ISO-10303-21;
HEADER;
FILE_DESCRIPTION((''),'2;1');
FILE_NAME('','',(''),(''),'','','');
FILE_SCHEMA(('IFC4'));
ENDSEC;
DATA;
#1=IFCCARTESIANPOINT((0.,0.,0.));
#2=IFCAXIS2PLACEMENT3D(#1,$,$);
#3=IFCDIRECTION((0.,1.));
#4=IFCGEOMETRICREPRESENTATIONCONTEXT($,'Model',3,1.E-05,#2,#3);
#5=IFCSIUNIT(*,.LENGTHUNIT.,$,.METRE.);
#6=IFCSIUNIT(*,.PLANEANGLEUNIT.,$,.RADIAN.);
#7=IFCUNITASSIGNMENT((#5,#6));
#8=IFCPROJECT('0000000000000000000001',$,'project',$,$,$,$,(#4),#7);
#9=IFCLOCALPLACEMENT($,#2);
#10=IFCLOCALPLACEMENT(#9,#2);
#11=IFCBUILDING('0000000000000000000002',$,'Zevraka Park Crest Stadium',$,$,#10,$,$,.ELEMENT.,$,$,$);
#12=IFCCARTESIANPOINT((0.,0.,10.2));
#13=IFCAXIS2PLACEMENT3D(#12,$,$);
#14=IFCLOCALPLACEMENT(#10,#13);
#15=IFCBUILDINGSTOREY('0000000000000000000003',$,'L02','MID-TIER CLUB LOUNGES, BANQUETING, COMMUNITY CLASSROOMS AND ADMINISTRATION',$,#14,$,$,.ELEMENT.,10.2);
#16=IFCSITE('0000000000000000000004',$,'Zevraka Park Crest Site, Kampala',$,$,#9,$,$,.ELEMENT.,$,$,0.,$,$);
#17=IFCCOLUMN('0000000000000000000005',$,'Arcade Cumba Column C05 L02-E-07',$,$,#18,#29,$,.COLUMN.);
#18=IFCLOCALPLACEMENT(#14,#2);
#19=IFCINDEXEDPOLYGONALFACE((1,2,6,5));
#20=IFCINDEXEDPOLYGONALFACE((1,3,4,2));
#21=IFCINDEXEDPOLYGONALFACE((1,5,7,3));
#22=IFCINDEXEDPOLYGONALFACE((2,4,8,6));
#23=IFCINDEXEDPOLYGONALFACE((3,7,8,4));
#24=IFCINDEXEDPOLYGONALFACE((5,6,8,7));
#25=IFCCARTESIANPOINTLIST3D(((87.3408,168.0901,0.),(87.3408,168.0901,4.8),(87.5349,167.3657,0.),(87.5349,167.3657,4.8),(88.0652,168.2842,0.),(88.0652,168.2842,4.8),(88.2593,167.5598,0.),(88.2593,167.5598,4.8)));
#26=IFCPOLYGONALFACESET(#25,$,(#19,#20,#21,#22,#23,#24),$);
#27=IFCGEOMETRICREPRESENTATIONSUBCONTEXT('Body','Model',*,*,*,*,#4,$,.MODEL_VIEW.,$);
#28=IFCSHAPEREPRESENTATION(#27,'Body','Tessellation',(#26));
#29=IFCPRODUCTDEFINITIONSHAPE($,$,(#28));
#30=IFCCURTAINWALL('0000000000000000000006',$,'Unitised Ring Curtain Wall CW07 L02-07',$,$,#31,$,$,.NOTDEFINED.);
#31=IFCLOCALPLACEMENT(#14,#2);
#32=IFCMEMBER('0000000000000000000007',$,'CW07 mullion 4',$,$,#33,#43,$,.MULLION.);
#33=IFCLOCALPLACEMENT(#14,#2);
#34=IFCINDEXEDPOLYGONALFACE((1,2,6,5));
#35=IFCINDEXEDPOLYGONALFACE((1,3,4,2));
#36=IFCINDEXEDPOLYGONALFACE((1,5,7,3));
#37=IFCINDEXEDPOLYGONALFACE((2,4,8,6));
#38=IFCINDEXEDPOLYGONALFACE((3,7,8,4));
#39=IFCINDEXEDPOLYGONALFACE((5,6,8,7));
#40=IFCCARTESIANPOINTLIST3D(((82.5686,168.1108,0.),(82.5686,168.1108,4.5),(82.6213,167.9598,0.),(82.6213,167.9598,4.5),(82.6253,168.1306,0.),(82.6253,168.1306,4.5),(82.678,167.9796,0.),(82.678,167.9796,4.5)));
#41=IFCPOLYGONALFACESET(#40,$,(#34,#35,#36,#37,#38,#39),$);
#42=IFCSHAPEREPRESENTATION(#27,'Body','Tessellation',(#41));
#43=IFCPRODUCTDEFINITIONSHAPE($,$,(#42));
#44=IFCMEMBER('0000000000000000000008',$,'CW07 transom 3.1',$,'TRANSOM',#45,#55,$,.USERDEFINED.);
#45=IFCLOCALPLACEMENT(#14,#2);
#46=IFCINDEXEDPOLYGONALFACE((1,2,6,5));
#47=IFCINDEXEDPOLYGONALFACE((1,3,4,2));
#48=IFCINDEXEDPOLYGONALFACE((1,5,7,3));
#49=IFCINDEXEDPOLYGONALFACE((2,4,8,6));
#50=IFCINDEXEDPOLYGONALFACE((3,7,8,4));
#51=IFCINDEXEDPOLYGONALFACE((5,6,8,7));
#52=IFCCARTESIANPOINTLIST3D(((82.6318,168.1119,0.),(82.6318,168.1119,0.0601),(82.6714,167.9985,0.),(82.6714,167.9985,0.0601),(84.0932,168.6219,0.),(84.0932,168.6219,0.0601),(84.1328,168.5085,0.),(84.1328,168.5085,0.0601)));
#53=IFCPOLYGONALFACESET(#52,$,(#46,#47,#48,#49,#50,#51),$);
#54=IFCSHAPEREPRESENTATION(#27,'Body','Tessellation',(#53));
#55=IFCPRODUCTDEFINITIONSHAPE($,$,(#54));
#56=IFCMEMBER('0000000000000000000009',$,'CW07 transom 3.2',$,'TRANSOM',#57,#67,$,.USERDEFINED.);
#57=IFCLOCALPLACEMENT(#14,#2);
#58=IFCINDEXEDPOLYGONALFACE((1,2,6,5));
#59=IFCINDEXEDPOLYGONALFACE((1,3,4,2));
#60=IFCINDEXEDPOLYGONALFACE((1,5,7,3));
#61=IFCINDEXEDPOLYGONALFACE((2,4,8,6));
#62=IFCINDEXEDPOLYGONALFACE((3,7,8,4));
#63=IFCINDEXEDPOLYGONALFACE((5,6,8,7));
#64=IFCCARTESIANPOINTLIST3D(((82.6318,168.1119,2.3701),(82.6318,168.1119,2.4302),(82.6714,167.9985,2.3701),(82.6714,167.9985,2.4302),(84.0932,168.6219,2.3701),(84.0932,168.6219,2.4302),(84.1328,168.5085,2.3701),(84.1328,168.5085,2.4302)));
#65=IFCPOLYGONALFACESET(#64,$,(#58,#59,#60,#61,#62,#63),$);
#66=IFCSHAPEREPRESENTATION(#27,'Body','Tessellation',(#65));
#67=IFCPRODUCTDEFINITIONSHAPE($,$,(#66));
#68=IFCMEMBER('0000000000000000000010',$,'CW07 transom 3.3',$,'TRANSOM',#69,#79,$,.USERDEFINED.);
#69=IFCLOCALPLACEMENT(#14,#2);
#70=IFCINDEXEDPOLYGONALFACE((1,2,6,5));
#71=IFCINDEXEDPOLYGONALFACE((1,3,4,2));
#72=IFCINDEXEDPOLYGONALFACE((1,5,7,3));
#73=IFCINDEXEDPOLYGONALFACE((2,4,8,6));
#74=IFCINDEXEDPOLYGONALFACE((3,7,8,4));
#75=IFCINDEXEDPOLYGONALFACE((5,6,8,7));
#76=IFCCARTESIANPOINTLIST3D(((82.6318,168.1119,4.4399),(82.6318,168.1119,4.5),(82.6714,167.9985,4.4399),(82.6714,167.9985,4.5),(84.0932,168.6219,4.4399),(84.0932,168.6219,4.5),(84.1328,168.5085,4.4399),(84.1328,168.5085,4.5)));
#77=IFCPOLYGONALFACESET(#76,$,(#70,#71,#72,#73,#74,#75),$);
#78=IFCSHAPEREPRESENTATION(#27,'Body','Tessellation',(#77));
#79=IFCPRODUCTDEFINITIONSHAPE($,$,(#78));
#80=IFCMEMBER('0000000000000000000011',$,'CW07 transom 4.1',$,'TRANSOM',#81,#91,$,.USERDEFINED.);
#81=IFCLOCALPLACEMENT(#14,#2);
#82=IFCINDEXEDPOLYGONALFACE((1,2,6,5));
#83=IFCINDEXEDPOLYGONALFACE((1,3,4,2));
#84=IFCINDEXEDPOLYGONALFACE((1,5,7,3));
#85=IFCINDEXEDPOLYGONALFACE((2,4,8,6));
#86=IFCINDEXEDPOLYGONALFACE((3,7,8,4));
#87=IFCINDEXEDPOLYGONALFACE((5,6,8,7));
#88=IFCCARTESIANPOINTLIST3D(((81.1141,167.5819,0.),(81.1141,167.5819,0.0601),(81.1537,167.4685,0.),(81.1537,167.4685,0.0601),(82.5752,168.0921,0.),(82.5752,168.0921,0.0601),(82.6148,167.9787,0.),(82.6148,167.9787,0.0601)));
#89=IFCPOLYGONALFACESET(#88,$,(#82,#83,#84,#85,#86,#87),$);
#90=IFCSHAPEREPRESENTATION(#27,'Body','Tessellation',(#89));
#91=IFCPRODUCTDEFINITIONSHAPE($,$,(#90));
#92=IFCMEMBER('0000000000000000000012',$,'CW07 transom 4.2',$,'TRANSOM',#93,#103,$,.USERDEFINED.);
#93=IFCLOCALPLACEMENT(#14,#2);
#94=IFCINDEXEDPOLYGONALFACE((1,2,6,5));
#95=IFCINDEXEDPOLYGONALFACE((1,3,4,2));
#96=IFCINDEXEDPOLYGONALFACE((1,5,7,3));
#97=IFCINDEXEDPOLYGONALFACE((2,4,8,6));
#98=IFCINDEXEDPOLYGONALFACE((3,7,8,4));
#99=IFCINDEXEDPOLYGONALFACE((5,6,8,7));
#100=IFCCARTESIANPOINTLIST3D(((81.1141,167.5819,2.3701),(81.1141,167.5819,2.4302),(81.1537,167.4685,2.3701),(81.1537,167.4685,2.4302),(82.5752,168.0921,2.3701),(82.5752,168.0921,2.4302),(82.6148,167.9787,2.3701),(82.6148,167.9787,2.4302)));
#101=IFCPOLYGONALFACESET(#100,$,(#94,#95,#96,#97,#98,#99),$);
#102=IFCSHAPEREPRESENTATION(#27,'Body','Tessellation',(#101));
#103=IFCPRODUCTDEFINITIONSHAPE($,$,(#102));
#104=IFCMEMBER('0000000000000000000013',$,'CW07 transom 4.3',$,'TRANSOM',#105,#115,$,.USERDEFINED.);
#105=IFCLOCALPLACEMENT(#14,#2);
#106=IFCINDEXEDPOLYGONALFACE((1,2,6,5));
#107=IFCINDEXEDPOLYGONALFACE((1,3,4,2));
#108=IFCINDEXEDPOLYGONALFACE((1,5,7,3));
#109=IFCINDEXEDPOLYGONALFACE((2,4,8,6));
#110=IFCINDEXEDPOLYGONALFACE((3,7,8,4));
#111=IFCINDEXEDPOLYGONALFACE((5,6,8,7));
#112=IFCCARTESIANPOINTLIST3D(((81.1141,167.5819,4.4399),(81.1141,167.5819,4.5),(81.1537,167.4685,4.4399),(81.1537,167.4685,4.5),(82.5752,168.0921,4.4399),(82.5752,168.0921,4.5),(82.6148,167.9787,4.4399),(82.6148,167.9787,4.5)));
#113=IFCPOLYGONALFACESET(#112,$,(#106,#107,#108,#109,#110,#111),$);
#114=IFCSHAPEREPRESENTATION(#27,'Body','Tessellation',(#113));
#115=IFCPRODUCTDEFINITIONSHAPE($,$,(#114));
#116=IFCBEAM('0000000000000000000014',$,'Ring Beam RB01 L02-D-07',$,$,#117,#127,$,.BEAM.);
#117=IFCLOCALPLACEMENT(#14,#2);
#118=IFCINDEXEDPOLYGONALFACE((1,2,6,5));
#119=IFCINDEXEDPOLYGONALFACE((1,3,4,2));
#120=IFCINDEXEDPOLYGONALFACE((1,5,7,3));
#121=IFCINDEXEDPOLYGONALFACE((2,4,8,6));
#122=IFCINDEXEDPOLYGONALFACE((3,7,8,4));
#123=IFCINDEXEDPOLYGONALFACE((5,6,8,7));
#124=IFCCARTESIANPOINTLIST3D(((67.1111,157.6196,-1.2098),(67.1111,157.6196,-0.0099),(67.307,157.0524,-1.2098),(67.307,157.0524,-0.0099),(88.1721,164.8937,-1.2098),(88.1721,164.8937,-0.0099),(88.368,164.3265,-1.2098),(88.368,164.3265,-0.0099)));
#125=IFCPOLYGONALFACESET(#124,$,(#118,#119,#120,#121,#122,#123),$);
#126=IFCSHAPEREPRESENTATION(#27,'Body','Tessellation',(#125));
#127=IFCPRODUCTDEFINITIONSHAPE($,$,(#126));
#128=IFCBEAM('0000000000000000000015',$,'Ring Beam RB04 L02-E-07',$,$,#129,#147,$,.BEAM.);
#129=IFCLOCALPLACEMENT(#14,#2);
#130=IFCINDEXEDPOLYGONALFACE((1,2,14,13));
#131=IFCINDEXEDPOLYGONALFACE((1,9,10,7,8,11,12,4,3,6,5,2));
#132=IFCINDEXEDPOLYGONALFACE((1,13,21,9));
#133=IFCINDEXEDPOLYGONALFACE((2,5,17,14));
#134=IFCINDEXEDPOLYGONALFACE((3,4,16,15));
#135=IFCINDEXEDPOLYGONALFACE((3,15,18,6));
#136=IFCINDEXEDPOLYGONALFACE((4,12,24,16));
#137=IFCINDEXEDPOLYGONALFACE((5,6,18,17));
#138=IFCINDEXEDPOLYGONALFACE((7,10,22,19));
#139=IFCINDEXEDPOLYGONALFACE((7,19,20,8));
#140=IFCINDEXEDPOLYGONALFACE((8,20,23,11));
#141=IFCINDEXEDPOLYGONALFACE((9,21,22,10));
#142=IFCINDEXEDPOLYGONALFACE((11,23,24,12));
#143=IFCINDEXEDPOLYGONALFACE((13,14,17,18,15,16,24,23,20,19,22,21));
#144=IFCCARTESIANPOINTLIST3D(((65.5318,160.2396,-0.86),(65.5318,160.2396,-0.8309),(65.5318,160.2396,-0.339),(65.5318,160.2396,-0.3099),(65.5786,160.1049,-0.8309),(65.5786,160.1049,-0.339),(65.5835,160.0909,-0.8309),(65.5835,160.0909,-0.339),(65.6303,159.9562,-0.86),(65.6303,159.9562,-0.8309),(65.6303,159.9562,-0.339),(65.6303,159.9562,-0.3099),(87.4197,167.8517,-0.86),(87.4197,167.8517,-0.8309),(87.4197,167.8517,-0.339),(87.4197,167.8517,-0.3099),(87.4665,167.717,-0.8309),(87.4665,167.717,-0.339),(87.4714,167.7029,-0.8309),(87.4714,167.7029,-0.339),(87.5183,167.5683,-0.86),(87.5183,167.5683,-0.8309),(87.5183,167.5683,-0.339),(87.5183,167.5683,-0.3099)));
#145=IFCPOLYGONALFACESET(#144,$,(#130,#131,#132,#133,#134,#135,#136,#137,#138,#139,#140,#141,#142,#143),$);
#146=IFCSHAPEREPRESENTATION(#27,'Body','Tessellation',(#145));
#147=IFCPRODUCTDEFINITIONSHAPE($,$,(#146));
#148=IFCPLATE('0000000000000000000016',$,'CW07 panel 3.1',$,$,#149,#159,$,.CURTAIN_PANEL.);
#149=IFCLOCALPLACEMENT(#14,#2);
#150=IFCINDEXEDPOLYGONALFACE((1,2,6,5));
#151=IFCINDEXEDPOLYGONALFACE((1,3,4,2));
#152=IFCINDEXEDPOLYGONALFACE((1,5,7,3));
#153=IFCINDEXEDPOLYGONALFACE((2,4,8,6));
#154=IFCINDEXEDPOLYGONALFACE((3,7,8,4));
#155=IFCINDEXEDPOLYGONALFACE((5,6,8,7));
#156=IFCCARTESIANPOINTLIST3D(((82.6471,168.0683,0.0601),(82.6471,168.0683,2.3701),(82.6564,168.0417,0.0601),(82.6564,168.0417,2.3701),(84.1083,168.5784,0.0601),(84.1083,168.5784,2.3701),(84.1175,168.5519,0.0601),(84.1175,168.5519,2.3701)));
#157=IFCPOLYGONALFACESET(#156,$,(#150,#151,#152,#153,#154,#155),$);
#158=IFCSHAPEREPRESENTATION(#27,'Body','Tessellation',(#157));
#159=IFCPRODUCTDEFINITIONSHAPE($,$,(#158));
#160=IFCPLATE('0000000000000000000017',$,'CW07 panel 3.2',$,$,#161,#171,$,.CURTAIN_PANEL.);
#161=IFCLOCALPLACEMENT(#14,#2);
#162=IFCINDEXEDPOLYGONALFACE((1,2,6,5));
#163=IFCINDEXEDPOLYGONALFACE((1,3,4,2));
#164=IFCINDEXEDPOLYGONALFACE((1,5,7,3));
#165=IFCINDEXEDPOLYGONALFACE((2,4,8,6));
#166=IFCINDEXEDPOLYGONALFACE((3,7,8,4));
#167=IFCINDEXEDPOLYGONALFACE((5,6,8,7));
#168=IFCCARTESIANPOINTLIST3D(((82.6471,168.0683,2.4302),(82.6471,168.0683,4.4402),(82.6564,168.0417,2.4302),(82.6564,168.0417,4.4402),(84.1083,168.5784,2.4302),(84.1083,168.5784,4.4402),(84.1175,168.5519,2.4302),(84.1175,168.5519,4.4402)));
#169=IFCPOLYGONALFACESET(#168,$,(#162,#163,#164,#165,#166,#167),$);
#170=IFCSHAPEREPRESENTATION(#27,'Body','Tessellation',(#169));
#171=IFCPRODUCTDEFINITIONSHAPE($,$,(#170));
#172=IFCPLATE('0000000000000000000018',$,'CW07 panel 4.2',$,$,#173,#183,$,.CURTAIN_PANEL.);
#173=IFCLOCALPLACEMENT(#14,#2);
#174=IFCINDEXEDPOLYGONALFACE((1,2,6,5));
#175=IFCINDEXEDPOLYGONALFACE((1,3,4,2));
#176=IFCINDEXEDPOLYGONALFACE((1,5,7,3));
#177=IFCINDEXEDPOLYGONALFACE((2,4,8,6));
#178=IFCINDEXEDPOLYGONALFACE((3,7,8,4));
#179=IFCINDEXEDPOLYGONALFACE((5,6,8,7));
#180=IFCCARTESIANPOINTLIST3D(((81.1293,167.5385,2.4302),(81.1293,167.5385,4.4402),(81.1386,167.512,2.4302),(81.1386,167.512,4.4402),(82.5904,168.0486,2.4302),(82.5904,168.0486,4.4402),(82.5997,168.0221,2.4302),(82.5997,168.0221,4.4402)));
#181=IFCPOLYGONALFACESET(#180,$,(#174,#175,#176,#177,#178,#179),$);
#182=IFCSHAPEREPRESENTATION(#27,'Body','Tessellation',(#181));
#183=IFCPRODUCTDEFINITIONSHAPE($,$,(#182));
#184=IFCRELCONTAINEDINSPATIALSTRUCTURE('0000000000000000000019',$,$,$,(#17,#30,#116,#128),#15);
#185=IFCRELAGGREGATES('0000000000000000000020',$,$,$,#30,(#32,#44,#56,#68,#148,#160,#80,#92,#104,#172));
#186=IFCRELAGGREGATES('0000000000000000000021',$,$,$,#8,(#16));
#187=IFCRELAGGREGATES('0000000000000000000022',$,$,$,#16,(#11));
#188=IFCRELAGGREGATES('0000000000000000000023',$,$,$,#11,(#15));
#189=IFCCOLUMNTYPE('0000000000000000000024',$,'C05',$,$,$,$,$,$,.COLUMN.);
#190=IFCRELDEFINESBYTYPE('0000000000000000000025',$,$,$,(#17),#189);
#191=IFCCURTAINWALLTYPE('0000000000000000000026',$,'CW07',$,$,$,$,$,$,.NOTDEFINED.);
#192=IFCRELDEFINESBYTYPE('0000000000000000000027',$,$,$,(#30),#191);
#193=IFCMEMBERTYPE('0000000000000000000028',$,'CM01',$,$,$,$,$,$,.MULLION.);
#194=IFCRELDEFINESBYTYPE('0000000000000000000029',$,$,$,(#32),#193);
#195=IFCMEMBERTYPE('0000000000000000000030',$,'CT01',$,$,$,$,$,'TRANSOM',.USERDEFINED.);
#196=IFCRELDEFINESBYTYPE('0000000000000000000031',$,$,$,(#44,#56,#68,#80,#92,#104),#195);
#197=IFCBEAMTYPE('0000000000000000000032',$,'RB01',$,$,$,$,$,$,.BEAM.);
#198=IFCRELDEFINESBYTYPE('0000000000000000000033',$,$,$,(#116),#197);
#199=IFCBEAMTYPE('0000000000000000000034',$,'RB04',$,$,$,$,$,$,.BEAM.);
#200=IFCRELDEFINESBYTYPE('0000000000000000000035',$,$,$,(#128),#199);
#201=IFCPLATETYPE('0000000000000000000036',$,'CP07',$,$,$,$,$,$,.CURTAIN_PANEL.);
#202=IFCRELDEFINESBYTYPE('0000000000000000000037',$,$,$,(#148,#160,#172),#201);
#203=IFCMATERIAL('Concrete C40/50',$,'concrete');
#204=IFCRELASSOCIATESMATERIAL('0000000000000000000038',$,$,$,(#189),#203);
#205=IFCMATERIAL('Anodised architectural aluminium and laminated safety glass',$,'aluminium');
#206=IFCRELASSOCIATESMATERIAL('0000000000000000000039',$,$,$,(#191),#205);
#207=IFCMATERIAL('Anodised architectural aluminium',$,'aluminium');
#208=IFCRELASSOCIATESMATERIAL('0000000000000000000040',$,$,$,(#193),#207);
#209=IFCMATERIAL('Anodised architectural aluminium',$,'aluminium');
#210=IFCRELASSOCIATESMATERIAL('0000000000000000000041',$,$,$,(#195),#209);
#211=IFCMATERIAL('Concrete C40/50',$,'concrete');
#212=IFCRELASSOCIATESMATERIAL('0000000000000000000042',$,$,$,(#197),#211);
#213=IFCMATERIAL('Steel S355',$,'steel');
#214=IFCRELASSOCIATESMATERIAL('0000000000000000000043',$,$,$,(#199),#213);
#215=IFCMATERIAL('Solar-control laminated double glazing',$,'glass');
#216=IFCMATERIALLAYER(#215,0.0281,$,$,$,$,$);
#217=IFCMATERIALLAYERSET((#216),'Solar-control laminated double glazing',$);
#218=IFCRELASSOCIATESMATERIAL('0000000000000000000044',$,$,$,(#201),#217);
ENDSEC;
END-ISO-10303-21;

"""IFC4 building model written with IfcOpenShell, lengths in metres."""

from ifc_helpers import new_model, si_unit, direction, frame, origin, origin_2d, place, context, subcontext, project, spatial, rectangle, i_section, extrude, material, layer, layer_set, material_profile, profile_set, type_object, element, aggregate, save


model = new_model("IFC4")

# Units and contexts
model_context = context("Model", 3, precision=1e-05, world=origin(), true_north=direction((0.0, 1.0)))
body_context = subcontext(model_context, "Body", "Model", "MODEL_VIEW")
ifc_project = project(units=[si_unit("LENGTHUNIT", "METRE"), si_unit("PLANEANGLEUNIT", "RADIAN")], contexts=[model_context])

# Site, building, storey
site_placement = place(None, origin())
site = spatial("IfcSite", under=ifc_project, at=site_placement, Name="Zevraka Park Crest Site, Kampala", CompositionType="ELEMENT", RefElevation=0.0)
building_placement = place(site_placement, origin())
building = spatial("IfcBuilding", under=site, at=building_placement, Name="Zevraka Park Crest Stadium", CompositionType="ELEMENT")
storey_placement = place(building_placement, frame((0.0, 0.0, 10.2)))
storey = spatial("IfcBuildingStorey", under=building, at=storey_placement, Name="L02", Description="MID-TIER CLUB LOUNGES, BANQUETING, COMMUNITY CLASSROOMS AND ADMINISTRATION", CompositionType="ELEMENT", Elevation=10.2)

# Column
ifc_material_1 = material(Name="Concrete C40/50", Category="concrete")
ifc_material_profile_1 = material_profile(ifc_material_1, rectangle(XDim=0.75, YDim=0.75, at=origin_2d()), Name="RC 750x750")
ifc_profile_set_1 = profile_set([ifc_material_profile_1], Name="Concrete C40/50")
column_type = type_object("IfcColumnType", Name="C05", PredefinedType="COLUMN", material=ifc_profile_set_1)
column_placement = place(storey_placement, frame((87.8, 167.825, 0.0), z_axis=(0.0, 0.0, 1.0), x_axis=(-0.258819, 0.965926, 0.0)))
element("IfcColumn", 1, at=column_placement, inside=storey, type_object=column_type, Name="Arcade Cumba Column C05 L02-E-07", PredefinedType="COLUMN", context=body_context, shape_type="SweptSolid", body=[
    extrude(rectangle(XDim=0.75, YDim=0.75, at=origin_2d()), origin(), (0.0, 0.0, 1.0), 4.8),
])

# Curtain wall, members
ifc_material_2 = material(Name="Anodised architectural aluminium and laminated safety glass", Category="aluminium")
curtain_wall_type = type_object("IfcCurtainWallType", Name="CW07", PredefinedType="NOTDEFINED", material=ifc_material_2)
curtain_wall_placement = place(storey_placement, origin())
curtain_wall = element("IfcCurtainWall", 2, at=curtain_wall_placement, inside=storey, type_object=curtain_wall_type, Name="Unitised Ring Curtain Wall CW07 L02-07", PredefinedType="NOTDEFINED")
ifc_material_3 = material(Name="Anodised architectural aluminium", Category="aluminium")
ifc_material_profile_2 = material_profile(ifc_material_3, rectangle(XDim=0.1599, YDim=0.0601, at=origin_2d()), Name="ALU MULLION 160x60")
ifc_profile_set_2 = profile_set([ifc_material_profile_2], Name="Anodised architectural aluminium")
member_type_1 = type_object("IfcMemberType", Name="CM01", PredefinedType="MULLION", material=ifc_profile_set_2)
member_1_placement = place(storey_placement, frame((82.6233, 168.0452, 0.0), z_axis=(0.0, 0.0, 1.0), x_axis=(0.329619, -0.944114, 0.0)))
member_1 = element("IfcMember", 3, at=member_1_placement, type_object=member_type_1, Name="CW07 mullion 4", PredefinedType="MULLION", context=body_context, shape_type="SweptSolid", body=[
    extrude(rectangle(XDim=0.1599, YDim=0.0601, at=origin_2d()), origin(), (0.0, 0.0, 1.0), 4.5),
])
ifc_material_4 = material(Name="Anodised architectural aluminium", Category="aluminium")
ifc_material_profile_3 = material_profile(ifc_material_4, rectangle(XDim=0.1201, YDim=0.0601, at=origin_2d()), Name="ALU TRANSOM 120x60")
ifc_profile_set_3 = profile_set([ifc_material_profile_3], Name="Anodised architectural aluminium")
member_type_2 = type_object("IfcMemberType", Name="CT01", ElementType="TRANSOM", PredefinedType="USERDEFINED", material=ifc_profile_set_3)
member_2_placement = place(storey_placement, frame((84.113, 168.5652, 0.03), z_axis=(-0.944158, -0.329493, 0.0), x_axis=(0.329493, -0.944158, 0.0)))
member_2 = element("IfcMember", 4, at=member_2_placement, type_object=member_type_2, Name="CW07 transom 3.1", ObjectType="TRANSOM", PredefinedType="USERDEFINED", context=body_context, shape_type="SweptSolid", body=[
    extrude(rectangle(XDim=0.1201, YDim=0.0601, at=origin_2d()), origin(), (0.0, 0.0, 1.0), 1.5479),
])
member_3_placement = place(storey_placement, frame((84.113, 168.5652, 2.4001), z_axis=(-0.944158, -0.329493, 0.0), x_axis=(0.329493, -0.944158, 0.0)))
member_3 = element("IfcMember", 5, at=member_3_placement, type_object=member_type_2, Name="CW07 transom 3.2", ObjectType="TRANSOM", PredefinedType="USERDEFINED", context=body_context, shape_type="SweptSolid", body=[
    extrude(rectangle(XDim=0.1201, YDim=0.0601, at=origin_2d()), origin(), (0.0, 0.0, 1.0), 1.5479),
])
member_4_placement = place(storey_placement, frame((84.113, 168.5652, 4.47), z_axis=(-0.944158, -0.329493, 0.0), x_axis=(0.329493, -0.944158, 0.0)))
member_4 = element("IfcMember", 6, at=member_4_placement, type_object=member_type_2, Name="CW07 transom 3.3", ObjectType="TRANSOM", PredefinedType="USERDEFINED", context=body_context, shape_type="SweptSolid", body=[
    extrude(rectangle(XDim=0.1201, YDim=0.0601, at=origin_2d()), origin(), (0.0, 0.0, 1.0), 1.5479),
])
member_5_placement = place(storey_placement, frame((82.595, 168.0354, 0.03), z_axis=(-0.944092, -0.329683, 0.0), x_axis=(0.329683, -0.944092, 0.0)))
member_5 = element("IfcMember", 7, at=member_5_placement, type_object=member_type_2, Name="CW07 transom 4.1", ObjectType="TRANSOM", PredefinedType="USERDEFINED", context=body_context, shape_type="SweptSolid", body=[
    extrude(rectangle(XDim=0.1201, YDim=0.0601, at=origin_2d()), origin(), (0.0, 0.0, 1.0), 1.5476),
])
member_6_placement = place(storey_placement, frame((82.595, 168.0354, 2.4001), z_axis=(-0.944092, -0.329683, 0.0), x_axis=(0.329683, -0.944092, 0.0)))
member_6 = element("IfcMember", 8, at=member_6_placement, type_object=member_type_2, Name="CW07 transom 4.2", ObjectType="TRANSOM", PredefinedType="USERDEFINED", context=body_context, shape_type="SweptSolid", body=[
    extrude(rectangle(XDim=0.1201, YDim=0.0601, at=origin_2d()), origin(), (0.0, 0.0, 1.0), 1.5476),
])
member_7_placement = place(storey_placement, frame((82.595, 168.0354, 4.47), z_axis=(-0.944092, -0.329683, 0.0), x_axis=(0.329683, -0.944092, 0.0)))
member_7 = element("IfcMember", 9, at=member_7_placement, type_object=member_type_2, Name="CW07 transom 4.3", ObjectType="TRANSOM", PredefinedType="USERDEFINED", context=body_context, shape_type="SweptSolid", body=[
    extrude(rectangle(XDim=0.1201, YDim=0.0601, at=origin_2d()), origin(), (0.0, 0.0, 1.0), 1.5476),
])

# Beams
ifc_material_5 = material(Name="Concrete C40/50", Category="concrete")
ifc_material_profile_4 = material_profile(ifc_material_5, rectangle(XDim=0.6001, YDim=1.2, at=origin_2d()), Name="RC 1200x600")
ifc_profile_set_4 = profile_set([ifc_material_profile_4], Name="Concrete C40/50")
beam_type_1 = type_object("IfcBeamType", Name="RB01", PredefinedType="BEAM", material=ifc_profile_set_4)
beam_1_placement = place(storey_placement, frame((88.27, 164.6101, -0.6099), z_axis=(-0.94521, -0.326462, 0.0), x_axis=(0.326462, -0.94521, 0.0)))
element("IfcBeam", 10, at=beam_1_placement, inside=storey, type_object=beam_type_1, Name="Ring Beam RB01 L02-D-07", PredefinedType="BEAM", context=body_context, shape_type="SweptSolid", body=[
    extrude(rectangle(XDim=0.6001, YDim=1.2, at=origin_2d()), origin(), (0.0, 0.0, 1.0), 22.2817),
])
ifc_material_6 = material(Name="Steel S355", Category="steel")
ifc_material_profile_5 = material_profile(ifc_material_6, i_section(OverallWidth=0.3, OverallDepth=0.55, WebThickness=0.0149, FlangeThickness=0.0291, at=origin_2d()), Name="HEB 550")
ifc_profile_set_5 = profile_set([ifc_material_profile_5], Name="Steel S355")
beam_type_2 = type_object("IfcBeamType", Name="RB04", PredefinedType="BEAM", material=ifc_profile_set_5)
beam_2_placement = place(storey_placement, frame((87.469, 167.71, -0.585), z_axis=(-0.944512, -0.328477, 0.0), x_axis=(0.328477, -0.944512, 0.0)))
element("IfcBeam", 11, at=beam_2_placement, inside=storey, type_object=beam_type_2, Name="Ring Beam RB04 L02-E-07", PredefinedType="BEAM", context=body_context, shape_type="SweptSolid", body=[
    extrude(i_section(OverallWidth=0.3, OverallDepth=0.55, WebThickness=0.0149, FlangeThickness=0.0291, at=origin_2d()), origin(), (0.0, 0.0, 1.0), 23.1738),
])

# Plates
ifc_material_7 = material(Name="Solar-control laminated double glazing", Category="glass")
ifc_layer_1 = layer(ifc_material_7, 0.0281)
ifc_layer_set_1 = layer_set([ifc_layer_1], Name="Solar-control laminated double glazing")
plate_type = type_object("IfcPlateType", Name="CP07", PredefinedType="CURTAIN_PANEL", material=ifc_layer_set_1)
plate_1_placement = place(storey_placement, frame((83.3823, 168.3101, 0.0601), z_axis=(0.0, 0.0, 1.0), x_axis=(-0.944114, -0.329619, 0.0)))
plate_1 = element("IfcPlate", 12, at=plate_1_placement, type_object=plate_type, Name="CW07 panel 3.1", PredefinedType="CURTAIN_PANEL", context=body_context, shape_type="SweptSolid", body=[
    extrude(rectangle(XDim=1.5476, YDim=0.0281, at=origin_2d()), origin(), (0.0, 0.0, 1.0), 2.3101),
])
plate_2_placement = place(storey_placement, frame((83.3823, 168.3101, 2.4302), z_axis=(0.0, 0.0, 1.0), x_axis=(-0.944114, -0.329619, 0.0)))
plate_2 = element("IfcPlate", 13, at=plate_2_placement, type_object=plate_type, Name="CW07 panel 3.2", PredefinedType="CURTAIN_PANEL", context=body_context, shape_type="SweptSolid", body=[
    extrude(rectangle(XDim=1.5476, YDim=0.0281, at=origin_2d()), origin(), (0.0, 0.0, 1.0), 2.01),
])
plate_3_placement = place(storey_placement, frame((81.8645, 167.7803, 2.4302), z_axis=(0.0, 0.0, 1.0), x_axis=(-0.944114, -0.329619, 0.0)))
plate_3 = element("IfcPlate", 14, at=plate_3_placement, type_object=plate_type, Name="CW07 panel 4.2", PredefinedType="CURTAIN_PANEL", context=body_context, shape_type="SweptSolid", body=[
    extrude(rectangle(XDim=1.5476, YDim=0.0281, at=origin_2d()), origin(), (0.0, 0.0, 1.0), 2.01),
])
aggregate(curtain_wall, [member_1, member_2, member_3, member_4, plate_1, plate_2, member_5, member_6, member_7, plate_3])

save(model, "model.ifc")
